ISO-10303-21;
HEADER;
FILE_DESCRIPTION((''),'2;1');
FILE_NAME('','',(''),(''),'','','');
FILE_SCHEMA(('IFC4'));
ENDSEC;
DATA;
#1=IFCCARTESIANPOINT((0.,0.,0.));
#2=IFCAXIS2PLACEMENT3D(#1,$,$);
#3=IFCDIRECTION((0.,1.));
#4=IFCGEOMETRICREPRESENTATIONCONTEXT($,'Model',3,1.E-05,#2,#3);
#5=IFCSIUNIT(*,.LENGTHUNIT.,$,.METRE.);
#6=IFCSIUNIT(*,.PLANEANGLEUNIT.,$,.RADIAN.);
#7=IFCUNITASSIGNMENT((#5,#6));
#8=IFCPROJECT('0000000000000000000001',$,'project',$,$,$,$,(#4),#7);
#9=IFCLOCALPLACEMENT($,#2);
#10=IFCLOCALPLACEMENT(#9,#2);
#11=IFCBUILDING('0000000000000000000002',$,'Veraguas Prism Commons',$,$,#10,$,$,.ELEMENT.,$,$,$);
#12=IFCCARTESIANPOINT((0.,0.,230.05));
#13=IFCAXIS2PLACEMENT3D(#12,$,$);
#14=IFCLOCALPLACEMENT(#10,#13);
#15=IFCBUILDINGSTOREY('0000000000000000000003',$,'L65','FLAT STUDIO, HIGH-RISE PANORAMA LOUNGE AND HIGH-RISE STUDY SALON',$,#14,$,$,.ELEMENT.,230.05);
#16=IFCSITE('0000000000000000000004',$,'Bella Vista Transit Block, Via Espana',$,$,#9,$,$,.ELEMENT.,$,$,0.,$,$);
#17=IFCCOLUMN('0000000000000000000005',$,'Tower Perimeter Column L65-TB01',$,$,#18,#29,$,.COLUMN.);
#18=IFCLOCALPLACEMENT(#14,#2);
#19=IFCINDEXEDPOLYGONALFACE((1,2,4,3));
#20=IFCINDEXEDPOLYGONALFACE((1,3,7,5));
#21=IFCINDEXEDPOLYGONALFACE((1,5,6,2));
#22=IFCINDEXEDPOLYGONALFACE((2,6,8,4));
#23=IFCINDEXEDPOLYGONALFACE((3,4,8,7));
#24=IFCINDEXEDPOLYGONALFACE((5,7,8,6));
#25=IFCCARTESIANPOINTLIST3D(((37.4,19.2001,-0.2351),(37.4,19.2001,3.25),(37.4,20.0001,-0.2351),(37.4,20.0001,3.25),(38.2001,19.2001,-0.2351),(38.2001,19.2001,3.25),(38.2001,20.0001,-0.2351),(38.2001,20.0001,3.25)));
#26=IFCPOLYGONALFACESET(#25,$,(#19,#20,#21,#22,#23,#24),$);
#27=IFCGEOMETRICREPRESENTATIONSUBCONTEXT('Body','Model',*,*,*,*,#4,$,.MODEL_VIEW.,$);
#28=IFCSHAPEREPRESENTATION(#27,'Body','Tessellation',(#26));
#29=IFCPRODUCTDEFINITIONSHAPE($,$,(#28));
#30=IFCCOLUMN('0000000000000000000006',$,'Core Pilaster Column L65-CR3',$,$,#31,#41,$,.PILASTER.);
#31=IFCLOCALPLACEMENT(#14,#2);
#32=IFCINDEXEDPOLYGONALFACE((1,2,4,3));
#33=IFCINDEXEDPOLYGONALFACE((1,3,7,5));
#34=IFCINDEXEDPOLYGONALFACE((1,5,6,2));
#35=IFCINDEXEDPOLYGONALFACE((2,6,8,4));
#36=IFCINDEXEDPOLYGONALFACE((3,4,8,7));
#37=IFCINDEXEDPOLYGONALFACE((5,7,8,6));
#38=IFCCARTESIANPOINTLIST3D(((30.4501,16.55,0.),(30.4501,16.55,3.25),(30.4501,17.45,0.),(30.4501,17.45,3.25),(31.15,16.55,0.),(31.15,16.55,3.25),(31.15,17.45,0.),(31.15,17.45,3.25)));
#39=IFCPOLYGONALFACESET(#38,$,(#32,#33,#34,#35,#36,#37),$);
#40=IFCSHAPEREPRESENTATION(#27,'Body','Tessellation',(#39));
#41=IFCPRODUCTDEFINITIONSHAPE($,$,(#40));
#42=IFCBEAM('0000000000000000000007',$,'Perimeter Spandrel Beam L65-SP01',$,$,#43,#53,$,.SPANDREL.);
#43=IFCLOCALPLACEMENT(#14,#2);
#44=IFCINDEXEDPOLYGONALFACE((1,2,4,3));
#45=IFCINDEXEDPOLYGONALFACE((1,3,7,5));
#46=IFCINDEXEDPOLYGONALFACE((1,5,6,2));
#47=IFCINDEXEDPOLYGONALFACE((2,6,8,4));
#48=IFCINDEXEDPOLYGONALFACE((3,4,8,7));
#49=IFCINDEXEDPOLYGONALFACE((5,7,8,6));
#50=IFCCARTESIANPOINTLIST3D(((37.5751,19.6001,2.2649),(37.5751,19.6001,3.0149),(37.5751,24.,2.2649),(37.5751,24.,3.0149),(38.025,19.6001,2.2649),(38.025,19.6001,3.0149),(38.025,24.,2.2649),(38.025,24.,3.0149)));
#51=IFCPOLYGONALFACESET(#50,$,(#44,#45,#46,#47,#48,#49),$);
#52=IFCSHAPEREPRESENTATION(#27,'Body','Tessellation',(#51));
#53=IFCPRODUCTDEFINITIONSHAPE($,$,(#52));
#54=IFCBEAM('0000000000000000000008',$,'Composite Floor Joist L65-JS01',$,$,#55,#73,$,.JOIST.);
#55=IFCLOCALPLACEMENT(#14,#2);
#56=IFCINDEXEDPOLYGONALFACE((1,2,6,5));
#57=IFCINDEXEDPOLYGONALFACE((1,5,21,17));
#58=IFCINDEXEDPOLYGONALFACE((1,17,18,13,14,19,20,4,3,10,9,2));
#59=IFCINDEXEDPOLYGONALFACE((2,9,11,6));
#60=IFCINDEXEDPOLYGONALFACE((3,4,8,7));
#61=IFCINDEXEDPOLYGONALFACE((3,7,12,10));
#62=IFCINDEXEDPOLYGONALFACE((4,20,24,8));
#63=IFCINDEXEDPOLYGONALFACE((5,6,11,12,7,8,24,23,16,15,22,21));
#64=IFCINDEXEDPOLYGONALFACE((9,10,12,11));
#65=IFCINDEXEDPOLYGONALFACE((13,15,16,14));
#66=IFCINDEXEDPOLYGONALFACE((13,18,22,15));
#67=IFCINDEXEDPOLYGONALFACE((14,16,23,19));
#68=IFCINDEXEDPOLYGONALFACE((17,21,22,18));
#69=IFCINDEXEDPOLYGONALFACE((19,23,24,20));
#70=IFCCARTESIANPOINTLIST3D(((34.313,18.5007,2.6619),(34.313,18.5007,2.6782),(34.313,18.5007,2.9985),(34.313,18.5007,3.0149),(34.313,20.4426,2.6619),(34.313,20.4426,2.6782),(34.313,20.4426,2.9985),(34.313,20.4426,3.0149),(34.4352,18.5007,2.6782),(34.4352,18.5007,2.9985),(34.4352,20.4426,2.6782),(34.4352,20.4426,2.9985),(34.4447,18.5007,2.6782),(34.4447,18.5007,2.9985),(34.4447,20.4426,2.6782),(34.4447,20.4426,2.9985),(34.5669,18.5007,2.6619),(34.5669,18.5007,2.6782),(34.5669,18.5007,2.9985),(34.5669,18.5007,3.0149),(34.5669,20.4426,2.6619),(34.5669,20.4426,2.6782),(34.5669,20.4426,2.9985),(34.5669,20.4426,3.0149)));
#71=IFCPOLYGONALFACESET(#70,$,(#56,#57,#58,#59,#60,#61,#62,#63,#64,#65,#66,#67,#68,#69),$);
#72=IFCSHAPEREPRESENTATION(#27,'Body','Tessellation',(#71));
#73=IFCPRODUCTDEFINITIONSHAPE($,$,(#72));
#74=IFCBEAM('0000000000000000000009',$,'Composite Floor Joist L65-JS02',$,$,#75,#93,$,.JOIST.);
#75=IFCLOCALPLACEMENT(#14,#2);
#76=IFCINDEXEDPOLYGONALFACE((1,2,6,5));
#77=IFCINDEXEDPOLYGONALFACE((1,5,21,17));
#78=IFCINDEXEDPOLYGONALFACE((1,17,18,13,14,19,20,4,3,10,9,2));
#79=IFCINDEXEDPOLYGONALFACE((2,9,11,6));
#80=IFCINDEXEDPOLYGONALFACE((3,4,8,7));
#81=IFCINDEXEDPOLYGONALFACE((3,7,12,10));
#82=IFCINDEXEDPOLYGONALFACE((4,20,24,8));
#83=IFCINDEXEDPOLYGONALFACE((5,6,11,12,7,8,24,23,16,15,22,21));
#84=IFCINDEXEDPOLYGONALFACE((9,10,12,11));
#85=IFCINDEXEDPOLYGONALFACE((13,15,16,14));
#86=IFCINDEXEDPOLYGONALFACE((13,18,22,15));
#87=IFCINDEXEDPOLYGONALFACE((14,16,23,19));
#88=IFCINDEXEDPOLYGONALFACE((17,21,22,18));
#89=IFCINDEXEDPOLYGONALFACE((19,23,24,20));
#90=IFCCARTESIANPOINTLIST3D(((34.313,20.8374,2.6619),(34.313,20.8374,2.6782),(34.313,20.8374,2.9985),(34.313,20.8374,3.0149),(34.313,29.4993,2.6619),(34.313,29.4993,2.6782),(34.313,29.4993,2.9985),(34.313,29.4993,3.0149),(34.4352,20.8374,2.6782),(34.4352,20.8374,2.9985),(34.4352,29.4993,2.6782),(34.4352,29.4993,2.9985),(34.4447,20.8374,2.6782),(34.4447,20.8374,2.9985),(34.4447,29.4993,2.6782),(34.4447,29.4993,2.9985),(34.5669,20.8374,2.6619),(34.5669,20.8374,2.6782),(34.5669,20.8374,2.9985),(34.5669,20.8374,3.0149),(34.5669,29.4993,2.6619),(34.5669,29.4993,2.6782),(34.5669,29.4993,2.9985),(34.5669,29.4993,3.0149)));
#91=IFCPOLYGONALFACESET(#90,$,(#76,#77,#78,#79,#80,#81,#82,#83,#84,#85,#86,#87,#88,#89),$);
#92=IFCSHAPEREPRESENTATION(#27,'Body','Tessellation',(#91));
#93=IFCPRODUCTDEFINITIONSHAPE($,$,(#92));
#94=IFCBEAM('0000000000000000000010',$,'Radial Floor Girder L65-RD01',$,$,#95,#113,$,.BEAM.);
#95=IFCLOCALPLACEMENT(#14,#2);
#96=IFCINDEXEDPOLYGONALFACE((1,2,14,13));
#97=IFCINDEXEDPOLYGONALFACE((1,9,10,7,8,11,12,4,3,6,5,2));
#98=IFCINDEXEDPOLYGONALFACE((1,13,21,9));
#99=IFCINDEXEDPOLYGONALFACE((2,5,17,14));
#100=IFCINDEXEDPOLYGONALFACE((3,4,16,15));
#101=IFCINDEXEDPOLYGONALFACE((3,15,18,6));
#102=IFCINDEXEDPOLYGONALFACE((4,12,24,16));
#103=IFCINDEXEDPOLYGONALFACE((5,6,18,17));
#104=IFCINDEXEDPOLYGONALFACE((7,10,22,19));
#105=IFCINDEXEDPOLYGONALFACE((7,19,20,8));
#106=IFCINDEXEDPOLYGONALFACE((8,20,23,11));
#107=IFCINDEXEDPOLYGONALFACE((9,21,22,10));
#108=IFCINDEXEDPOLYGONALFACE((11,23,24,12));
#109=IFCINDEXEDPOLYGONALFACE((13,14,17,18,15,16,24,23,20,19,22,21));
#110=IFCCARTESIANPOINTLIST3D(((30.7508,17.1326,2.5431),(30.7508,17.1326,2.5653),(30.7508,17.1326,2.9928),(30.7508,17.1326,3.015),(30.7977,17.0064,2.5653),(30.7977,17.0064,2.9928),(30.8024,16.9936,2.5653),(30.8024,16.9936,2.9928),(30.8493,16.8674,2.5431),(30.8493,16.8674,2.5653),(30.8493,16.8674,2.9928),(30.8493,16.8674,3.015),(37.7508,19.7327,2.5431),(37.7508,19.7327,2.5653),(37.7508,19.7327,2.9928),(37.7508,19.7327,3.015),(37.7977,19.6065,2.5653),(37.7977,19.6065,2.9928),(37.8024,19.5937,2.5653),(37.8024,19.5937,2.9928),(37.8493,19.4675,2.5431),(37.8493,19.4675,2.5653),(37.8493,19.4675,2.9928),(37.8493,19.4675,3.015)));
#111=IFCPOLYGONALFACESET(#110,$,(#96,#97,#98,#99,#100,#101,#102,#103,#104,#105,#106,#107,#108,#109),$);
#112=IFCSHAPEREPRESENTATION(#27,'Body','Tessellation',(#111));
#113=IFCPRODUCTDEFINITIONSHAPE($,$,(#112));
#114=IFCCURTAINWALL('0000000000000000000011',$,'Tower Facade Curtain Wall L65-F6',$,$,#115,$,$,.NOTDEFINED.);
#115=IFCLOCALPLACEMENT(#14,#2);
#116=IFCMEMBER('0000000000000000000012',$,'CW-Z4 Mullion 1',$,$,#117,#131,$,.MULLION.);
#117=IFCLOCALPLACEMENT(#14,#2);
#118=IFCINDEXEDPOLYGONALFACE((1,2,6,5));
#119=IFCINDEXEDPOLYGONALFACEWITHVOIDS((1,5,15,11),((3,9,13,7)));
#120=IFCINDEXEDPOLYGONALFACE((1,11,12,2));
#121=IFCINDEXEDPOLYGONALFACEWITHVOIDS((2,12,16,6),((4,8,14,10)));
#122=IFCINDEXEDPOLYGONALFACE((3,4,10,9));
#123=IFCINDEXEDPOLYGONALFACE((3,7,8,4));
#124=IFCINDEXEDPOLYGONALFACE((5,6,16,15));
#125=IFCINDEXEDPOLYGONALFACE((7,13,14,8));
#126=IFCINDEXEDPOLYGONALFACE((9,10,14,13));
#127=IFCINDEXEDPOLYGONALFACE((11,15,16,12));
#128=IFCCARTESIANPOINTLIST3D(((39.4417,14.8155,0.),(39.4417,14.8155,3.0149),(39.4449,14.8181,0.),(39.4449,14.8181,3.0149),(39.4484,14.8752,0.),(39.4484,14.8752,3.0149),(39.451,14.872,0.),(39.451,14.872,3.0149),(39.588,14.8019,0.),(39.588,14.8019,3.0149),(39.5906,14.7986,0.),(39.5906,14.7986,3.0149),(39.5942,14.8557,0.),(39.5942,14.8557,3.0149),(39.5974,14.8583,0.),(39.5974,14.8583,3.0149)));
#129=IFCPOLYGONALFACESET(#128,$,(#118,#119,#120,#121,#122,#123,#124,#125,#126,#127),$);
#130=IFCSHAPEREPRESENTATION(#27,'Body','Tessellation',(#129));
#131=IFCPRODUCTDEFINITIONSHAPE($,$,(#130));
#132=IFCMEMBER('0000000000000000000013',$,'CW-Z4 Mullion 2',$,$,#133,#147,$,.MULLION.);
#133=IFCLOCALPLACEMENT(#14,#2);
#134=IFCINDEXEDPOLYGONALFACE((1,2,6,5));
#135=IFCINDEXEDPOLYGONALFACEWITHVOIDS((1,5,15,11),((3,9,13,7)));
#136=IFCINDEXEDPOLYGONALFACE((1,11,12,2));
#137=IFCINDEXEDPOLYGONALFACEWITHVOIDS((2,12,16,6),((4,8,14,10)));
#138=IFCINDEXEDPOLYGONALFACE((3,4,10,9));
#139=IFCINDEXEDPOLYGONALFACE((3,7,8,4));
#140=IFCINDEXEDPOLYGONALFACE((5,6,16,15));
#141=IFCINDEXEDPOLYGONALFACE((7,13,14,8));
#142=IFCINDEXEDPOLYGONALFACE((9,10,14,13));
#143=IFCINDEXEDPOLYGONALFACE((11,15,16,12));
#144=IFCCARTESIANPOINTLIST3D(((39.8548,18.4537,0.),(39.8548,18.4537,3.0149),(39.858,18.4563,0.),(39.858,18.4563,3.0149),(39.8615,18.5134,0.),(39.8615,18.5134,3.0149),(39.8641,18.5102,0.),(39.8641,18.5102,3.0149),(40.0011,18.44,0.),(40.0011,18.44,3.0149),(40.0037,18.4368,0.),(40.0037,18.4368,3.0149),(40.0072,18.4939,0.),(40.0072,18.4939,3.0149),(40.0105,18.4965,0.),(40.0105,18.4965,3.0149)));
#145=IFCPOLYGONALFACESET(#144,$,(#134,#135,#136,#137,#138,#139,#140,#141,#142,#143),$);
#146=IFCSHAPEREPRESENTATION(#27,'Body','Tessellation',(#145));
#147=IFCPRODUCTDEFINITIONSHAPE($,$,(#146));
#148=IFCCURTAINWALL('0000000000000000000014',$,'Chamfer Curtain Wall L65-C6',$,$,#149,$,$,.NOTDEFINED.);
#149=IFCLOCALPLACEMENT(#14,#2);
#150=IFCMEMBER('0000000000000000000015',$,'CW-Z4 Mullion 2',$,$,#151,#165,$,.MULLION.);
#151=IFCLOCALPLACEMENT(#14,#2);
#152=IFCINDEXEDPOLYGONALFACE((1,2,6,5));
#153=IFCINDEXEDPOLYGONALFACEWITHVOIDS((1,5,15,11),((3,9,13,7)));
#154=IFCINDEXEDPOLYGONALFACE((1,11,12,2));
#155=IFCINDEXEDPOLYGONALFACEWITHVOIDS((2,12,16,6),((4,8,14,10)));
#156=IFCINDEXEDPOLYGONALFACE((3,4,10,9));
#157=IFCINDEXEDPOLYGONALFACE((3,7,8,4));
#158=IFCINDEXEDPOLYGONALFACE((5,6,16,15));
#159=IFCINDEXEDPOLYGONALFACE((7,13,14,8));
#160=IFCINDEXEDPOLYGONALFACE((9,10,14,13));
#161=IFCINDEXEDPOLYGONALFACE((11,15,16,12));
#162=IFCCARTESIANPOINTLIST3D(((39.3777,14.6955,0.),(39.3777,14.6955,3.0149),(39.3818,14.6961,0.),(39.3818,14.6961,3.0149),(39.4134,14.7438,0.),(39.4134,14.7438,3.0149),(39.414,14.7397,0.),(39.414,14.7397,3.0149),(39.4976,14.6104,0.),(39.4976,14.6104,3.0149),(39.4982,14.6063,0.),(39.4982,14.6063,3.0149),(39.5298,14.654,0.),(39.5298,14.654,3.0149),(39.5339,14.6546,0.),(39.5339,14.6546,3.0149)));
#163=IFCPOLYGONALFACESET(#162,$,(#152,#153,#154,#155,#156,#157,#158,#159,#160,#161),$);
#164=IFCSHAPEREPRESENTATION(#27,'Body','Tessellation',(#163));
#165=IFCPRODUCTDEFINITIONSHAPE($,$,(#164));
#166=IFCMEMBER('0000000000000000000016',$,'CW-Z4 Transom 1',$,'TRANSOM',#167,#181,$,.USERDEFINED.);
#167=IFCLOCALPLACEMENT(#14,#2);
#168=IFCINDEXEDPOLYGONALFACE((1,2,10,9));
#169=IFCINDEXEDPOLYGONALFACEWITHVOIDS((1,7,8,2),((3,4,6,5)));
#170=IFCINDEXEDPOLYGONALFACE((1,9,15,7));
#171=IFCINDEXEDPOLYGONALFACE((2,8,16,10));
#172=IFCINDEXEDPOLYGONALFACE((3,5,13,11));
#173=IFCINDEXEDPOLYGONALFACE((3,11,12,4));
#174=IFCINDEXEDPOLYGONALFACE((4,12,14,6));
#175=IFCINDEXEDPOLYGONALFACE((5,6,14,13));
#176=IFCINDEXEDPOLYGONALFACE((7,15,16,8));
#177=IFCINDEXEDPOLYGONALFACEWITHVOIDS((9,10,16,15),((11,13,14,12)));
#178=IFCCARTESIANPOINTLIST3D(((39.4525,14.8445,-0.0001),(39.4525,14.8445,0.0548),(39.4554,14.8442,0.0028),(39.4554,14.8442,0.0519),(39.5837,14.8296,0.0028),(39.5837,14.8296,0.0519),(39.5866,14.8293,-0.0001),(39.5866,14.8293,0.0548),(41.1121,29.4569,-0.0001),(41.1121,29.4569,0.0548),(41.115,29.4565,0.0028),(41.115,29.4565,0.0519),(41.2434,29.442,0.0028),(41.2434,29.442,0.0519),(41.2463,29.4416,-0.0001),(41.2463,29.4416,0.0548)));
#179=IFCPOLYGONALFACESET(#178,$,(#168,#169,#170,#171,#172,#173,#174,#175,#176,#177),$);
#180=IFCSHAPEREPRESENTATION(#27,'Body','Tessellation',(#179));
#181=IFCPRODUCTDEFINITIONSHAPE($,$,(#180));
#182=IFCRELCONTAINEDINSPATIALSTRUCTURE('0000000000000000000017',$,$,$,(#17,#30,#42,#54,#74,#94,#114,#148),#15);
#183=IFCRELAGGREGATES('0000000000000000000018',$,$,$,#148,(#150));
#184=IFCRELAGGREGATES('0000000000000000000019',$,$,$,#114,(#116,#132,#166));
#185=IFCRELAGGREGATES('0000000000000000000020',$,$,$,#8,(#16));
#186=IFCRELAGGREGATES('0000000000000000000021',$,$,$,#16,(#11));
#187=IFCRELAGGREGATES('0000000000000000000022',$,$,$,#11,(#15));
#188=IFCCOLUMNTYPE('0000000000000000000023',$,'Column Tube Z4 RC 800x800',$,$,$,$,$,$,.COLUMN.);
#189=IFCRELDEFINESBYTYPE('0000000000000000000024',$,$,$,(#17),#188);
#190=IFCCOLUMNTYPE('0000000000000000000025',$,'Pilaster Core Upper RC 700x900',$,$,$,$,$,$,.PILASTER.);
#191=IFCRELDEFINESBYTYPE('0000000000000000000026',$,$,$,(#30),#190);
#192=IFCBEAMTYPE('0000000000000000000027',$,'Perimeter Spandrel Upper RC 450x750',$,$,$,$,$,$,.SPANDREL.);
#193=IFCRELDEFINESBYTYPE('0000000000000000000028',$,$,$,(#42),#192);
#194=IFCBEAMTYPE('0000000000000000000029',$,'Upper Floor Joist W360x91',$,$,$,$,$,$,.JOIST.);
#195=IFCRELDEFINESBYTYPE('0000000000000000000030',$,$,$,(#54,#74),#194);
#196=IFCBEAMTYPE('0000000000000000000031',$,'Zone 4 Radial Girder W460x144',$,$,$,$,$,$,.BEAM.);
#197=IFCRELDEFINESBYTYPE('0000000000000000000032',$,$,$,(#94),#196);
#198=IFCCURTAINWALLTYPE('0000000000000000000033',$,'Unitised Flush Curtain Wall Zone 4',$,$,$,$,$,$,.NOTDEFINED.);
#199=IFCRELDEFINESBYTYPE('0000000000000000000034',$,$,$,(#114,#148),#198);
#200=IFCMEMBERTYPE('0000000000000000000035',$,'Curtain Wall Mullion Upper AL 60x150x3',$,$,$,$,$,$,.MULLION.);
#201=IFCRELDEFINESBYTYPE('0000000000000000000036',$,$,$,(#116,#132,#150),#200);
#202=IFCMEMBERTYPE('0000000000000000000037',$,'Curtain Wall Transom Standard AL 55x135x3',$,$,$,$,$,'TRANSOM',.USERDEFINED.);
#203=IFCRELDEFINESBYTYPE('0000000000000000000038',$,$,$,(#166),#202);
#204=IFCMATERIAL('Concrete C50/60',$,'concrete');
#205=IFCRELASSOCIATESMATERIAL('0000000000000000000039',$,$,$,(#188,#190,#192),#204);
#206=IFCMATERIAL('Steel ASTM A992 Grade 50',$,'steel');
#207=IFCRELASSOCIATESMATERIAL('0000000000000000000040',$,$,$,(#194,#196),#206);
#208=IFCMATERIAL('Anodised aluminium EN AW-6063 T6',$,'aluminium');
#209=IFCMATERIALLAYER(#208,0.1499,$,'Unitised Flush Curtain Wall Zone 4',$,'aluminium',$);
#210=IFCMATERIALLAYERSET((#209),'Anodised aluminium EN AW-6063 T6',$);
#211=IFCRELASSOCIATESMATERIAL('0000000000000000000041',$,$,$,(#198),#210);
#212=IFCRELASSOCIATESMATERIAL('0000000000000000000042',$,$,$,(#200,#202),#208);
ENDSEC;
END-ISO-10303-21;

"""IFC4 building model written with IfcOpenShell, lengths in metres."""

from ifc_helpers import new_model, si_unit, direction, frame, origin, origin_2d, place, context, subcontext, project, spatial, rectangle, hollow_rectangle, i_section, extrude, source, transform, mapped, material, layer, layer_set, material_profile, profile_set, type_object, element, aggregate, save


model = new_model("IFC4")

# Units and contexts
model_context = context("Model", 3, precision=1e-05, world=origin(), true_north=direction((0.0, 1.0)))
body_context = subcontext(model_context, "Body", "Model", "MODEL_VIEW")
ifc_project = project(units=[si_unit("LENGTHUNIT", "METRE"), si_unit("PLANEANGLEUNIT", "RADIAN")], contexts=[model_context])

# Site, building, storey
site_placement = place(None, origin())
site = spatial("IfcSite", under=ifc_project, at=site_placement, Name="Bella Vista Transit Block, Via Espana", CompositionType="ELEMENT", RefElevation=0.0)
building_placement = place(site_placement, origin())
building = spatial("IfcBuilding", under=site, at=building_placement, Name="Veraguas Prism Commons", CompositionType="ELEMENT")
storey_placement = place(building_placement, frame((0.0, 0.0, 230.05)))
storey = spatial("IfcBuildingStorey", under=building, at=storey_placement, Name="L65", Description="FLAT STUDIO, HIGH-RISE PANORAMA LOUNGE AND HIGH-RISE STUDY SALON", CompositionType="ELEMENT", Elevation=230.05)

# Columns
ifc_material_1 = material(Name="Concrete C50/60", Category="concrete")
ifc_material_profile_1 = material_profile(ifc_material_1, rectangle(XDim=0.8, YDim=0.8, at=origin_2d()), Name="RC800X800")
ifc_profile_set_1 = profile_set([ifc_material_profile_1], Name="Concrete C50/60")
column_type_1 = type_object("IfcColumnType", Name="Column Tube Z4 RC 800x800", PredefinedType="COLUMN", material=ifc_profile_set_1)
column_1_placement = place(storey_placement, frame((37.8, 19.6001, -0.2351), z_axis=(0.0, 0.0, 1.0), x_axis=(1.0, 0.0, 0.0)))
element("IfcColumn", 1, at=column_1_placement, inside=storey, type_object=column_type_1, Name="Tower Perimeter Column L65-TB01", PredefinedType="COLUMN", context=body_context, shape_type="SweptSolid", body=[
    extrude(rectangle(XDim=0.8, YDim=0.8, at=origin_2d()), origin(), (0.0, 0.0, 1.0), 3.4851),
])
ifc_material_profile_2 = material_profile(ifc_material_1, rectangle(XDim=0.7, YDim=0.8999, at=origin_2d()), Name="RC700X900")
ifc_profile_set_2 = profile_set([ifc_material_profile_2], Name="Concrete C50/60")
column_type_2 = type_object("IfcColumnType", Name="Pilaster Core Upper RC 700x900", PredefinedType="PILASTER", material=ifc_profile_set_2)
column_2_placement = place(storey_placement, frame((30.8, 17.0, 0.0), z_axis=(0.0, 0.0, 1.0), x_axis=(1.0, 0.0, 0.0)))
element("IfcColumn", 2, at=column_2_placement, inside=storey, type_object=column_type_2, Name="Core Pilaster Column L65-CR3", PredefinedType="PILASTER", context=body_context, shape_type="SweptSolid", body=[
    extrude(rectangle(XDim=0.7, YDim=0.8999, at=origin_2d()), origin(), (0.0, 0.0, 1.0), 3.25),
])

# Beams
ifc_material_profile_3 = material_profile(ifc_material_1, rectangle(XDim=0.45, YDim=0.75, at=origin_2d()), Name="RC450X750")
ifc_profile_set_3 = profile_set([ifc_material_profile_3], Name="Concrete C50/60")
beam_type_1 = type_object("IfcBeamType", Name="Perimeter Spandrel Upper RC 450x750", PredefinedType="SPANDREL", material=ifc_profile_set_3)
beam_1_placement = place(storey_placement, frame((37.8, 19.6001, 2.6399), z_axis=(0.0, 1.0, 0.0), x_axis=(-1.0, 0.0, 0.0)))
element("IfcBeam", 3, at=beam_1_placement, inside=storey, type_object=beam_type_1, Name="Perimeter Spandrel Beam L65-SP01", PredefinedType="SPANDREL", context=body_context, shape_type="SweptSolid", body=[
    extrude(rectangle(XDim=0.45, YDim=0.75, at=origin_2d()), origin(), (0.0, 0.0, 1.0), 4.3999),
])
ifc_material_2 = material(Name="Steel ASTM A992 Grade 50", Category="steel")
ifc_material_profile_4 = material_profile(ifc_material_2, i_section(OverallWidth=0.2539, OverallDepth=0.353, WebThickness=0.0095, FlangeThickness=0.0164, at=origin_2d()), Name="W360X91")
ifc_profile_set_4 = profile_set([ifc_material_profile_4], Name="Steel ASTM A992 Grade 50")
beam_type_2 = type_object("IfcBeamType", Name="Upper Floor Joist W360x91", PredefinedType="JOIST", material=ifc_profile_set_4)
beam_2_placement = place(storey_placement, frame((34.4399, 18.5007, 2.8384), z_axis=(0.0, 1.0, 0.0), x_axis=(-1.0, 0.0, 0.0)))
element("IfcBeam", 4, at=beam_2_placement, inside=storey, type_object=beam_type_2, Name="Composite Floor Joist L65-JS01", PredefinedType="JOIST", context=body_context, shape_type="SweptSolid", body=[
    extrude(i_section(OverallWidth=0.2539, OverallDepth=0.353, WebThickness=0.0095, FlangeThickness=0.0164, at=origin_2d()), origin(), (0.0, 0.0, 1.0), 1.9419),
])
beam_3_placement = place(storey_placement, frame((34.4399, 20.8374, 2.8384), z_axis=(0.0, 1.0, 0.0), x_axis=(-1.0, 0.0, 0.0)))
element("IfcBeam", 5, at=beam_3_placement, inside=storey, type_object=beam_type_2, Name="Composite Floor Joist L65-JS02", PredefinedType="JOIST", context=body_context, shape_type="SweptSolid", body=[
    extrude(i_section(OverallWidth=0.2539, OverallDepth=0.353, WebThickness=0.0095, FlangeThickness=0.0164, at=origin_2d()), origin(), (0.0, 0.0, 1.0), 8.6619),
])
ifc_material_profile_5 = material_profile(ifc_material_2, i_section(OverallWidth=0.283, OverallDepth=0.4719, WebThickness=0.0137, FlangeThickness=0.0222, at=origin_2d()), Name="W460X144")
ifc_profile_set_5 = profile_set([ifc_material_profile_5], Name="Steel ASTM A992 Grade 50")
beam_type_3 = type_object("IfcBeamType", Name="Zone 4 Radial Girder W460x144", PredefinedType="BEAM", material=ifc_profile_set_5)
beam_4_placement = place(storey_placement, frame((37.8, 19.6001, 2.7791), z_axis=(-0.937421, -0.348198, 0.0), x_axis=(0.348198, -0.937421, 0.0)))
element("IfcBeam", 6, at=beam_4_placement, inside=storey, type_object=beam_type_3, Name="Radial Floor Girder L65-RD01", PredefinedType="BEAM", context=body_context, shape_type="SweptSolid", body=[
    extrude(i_section(OverallWidth=0.283, OverallDepth=0.4719, WebThickness=0.0137, FlangeThickness=0.0222, at=origin_2d()), origin(), (0.0, 0.0, 1.0), 7.4673),
])

# Curtain wall, members
ifc_material_3 = material(Name="Anodised aluminium EN AW-6063 T6", Category="aluminium")
ifc_layer_1 = layer(ifc_material_3, 0.1499, Name="Unitised Flush Curtain Wall Zone 4", Category="aluminium")
ifc_layer_set_1 = layer_set([ifc_layer_1], Name="Anodised aluminium EN AW-6063 T6")
curtain_wall_type = type_object("IfcCurtainWallType", Name="Unitised Flush Curtain Wall Zone 4", PredefinedType="NOTDEFINED", material=ifc_layer_set_1)
curtain_wall_1_placement = place(storey_placement, origin())
curtain_wall_1 = element("IfcCurtainWall", 7, at=curtain_wall_1_placement, inside=storey, type_object=curtain_wall_type, Name="Tower Facade Curtain Wall L65-F6", PredefinedType="NOTDEFINED")
ifc_material_profile_6 = material_profile(ifc_material_3, hollow_rectangle(XDim=0.0601, YDim=0.1499, WallThickness=0.0029, at=origin_2d()), Name="AL60X150X3")
ifc_profile_set_6 = profile_set([ifc_material_profile_6], Name="Anodised aluminium EN AW-6063 T6")
member_type_1 = type_object("IfcMemberType", Name="Curtain Wall Mullion Upper AL 60x150x3", PredefinedType="MULLION", material=ifc_profile_set_6)
shared_shape_1 = source(origin(), body_context, "Body", "SweptSolid", [
    extrude(hollow_rectangle(XDim=0.0601, YDim=0.1499, WallThickness=0.0029, at=origin_2d()), origin(), (0.0, 0.0, 1.0), 3.0149),
])
member_1_placement = place(storey_placement, frame((39.5195, 14.8369, 0.0), z_axis=(0.0, 0.0, 1.0), x_axis=(0.112858, 0.993611, 0.0)))
member_1 = element("IfcMember", 8, at=member_1_placement, type_object=member_type_1, Name="CW-Z4 Mullion 1", PredefinedType="MULLION", context=body_context, shape_type="MappedRepresentation", body=[
    mapped(shared_shape_1, transform((0.0, 0.0, 0.0), scale=1.0)),
])
member_2_placement = place(storey_placement, frame((39.9326, 18.4751, 0.0), z_axis=(0.0, 0.0, 1.0), x_axis=(0.112858, 0.993611, 0.0)))
member_2 = element("IfcMember", 9, at=member_2_placement, type_object=member_type_1, Name="CW-Z4 Mullion 2", PredefinedType="MULLION", context=body_context, shape_type="MappedRepresentation", body=[
    mapped(shared_shape_1, transform((0.0, 0.0, 0.0), scale=1.0)),
])

# Curtain wall, member
curtain_wall_2_placement = place(storey_placement, origin())
curtain_wall_2 = element("IfcCurtainWall", 10, at=curtain_wall_2_placement, inside=storey, type_object=curtain_wall_type, Name="Chamfer Curtain Wall L65-C6", PredefinedType="NOTDEFINED")
member_3_placement = place(storey_placement, frame((39.4558, 14.675, 0.0), z_axis=(0.0, 0.0, 1.0), x_axis=(0.594506, 0.804091, 0.0)))
member_3 = element("IfcMember", 11, at=member_3_placement, type_object=member_type_1, Name="CW-Z4 Mullion 2", PredefinedType="MULLION", context=body_context, shape_type="MappedRepresentation", body=[
    mapped(shared_shape_1, transform((0.0, 0.0, 0.0), scale=1.0)),
])
aggregate(curtain_wall_2, [member_3])

# Member
ifc_material_profile_7 = material_profile(ifc_material_3, hollow_rectangle(XDim=0.0549, YDim=0.135, WallThickness=0.0029, at=origin_2d()), Name="AL55X135X3")
ifc_profile_set_7 = profile_set([ifc_material_profile_7], Name="Anodised aluminium EN AW-6063 T6")
member_type_2 = type_object("IfcMemberType", Name="Curtain Wall Transom Standard AL 55x135x3", ElementType="TRANSOM", PredefinedType="USERDEFINED", material=ifc_profile_set_7)
shared_shape_2 = source(origin(), body_context, "Body", "SweptSolid", [
    extrude(hollow_rectangle(XDim=0.0549, YDim=0.135, WallThickness=0.0029, at=origin_2d()), origin(), (0.0, 0.0, 1.0), 14.7063),
])
member_4_placement = place(storey_placement, frame((39.5195, 14.8369, 0.0273), z_axis=(0.112855, 0.993612, 0.0), x_axis=(0.0, 0.0, 1.0)))
member_4 = element("IfcMember", 12, at=member_4_placement, type_object=member_type_2, Name="CW-Z4 Transom 1", ObjectType="TRANSOM", PredefinedType="USERDEFINED", context=body_context, shape_type="MappedRepresentation", body=[
    mapped(shared_shape_2, transform((0.0, 0.0, 0.0), scale=1.0)),
])

aggregate(curtain_wall_1, [member_1, member_2, member_4])

save(model, "model.ifc")
